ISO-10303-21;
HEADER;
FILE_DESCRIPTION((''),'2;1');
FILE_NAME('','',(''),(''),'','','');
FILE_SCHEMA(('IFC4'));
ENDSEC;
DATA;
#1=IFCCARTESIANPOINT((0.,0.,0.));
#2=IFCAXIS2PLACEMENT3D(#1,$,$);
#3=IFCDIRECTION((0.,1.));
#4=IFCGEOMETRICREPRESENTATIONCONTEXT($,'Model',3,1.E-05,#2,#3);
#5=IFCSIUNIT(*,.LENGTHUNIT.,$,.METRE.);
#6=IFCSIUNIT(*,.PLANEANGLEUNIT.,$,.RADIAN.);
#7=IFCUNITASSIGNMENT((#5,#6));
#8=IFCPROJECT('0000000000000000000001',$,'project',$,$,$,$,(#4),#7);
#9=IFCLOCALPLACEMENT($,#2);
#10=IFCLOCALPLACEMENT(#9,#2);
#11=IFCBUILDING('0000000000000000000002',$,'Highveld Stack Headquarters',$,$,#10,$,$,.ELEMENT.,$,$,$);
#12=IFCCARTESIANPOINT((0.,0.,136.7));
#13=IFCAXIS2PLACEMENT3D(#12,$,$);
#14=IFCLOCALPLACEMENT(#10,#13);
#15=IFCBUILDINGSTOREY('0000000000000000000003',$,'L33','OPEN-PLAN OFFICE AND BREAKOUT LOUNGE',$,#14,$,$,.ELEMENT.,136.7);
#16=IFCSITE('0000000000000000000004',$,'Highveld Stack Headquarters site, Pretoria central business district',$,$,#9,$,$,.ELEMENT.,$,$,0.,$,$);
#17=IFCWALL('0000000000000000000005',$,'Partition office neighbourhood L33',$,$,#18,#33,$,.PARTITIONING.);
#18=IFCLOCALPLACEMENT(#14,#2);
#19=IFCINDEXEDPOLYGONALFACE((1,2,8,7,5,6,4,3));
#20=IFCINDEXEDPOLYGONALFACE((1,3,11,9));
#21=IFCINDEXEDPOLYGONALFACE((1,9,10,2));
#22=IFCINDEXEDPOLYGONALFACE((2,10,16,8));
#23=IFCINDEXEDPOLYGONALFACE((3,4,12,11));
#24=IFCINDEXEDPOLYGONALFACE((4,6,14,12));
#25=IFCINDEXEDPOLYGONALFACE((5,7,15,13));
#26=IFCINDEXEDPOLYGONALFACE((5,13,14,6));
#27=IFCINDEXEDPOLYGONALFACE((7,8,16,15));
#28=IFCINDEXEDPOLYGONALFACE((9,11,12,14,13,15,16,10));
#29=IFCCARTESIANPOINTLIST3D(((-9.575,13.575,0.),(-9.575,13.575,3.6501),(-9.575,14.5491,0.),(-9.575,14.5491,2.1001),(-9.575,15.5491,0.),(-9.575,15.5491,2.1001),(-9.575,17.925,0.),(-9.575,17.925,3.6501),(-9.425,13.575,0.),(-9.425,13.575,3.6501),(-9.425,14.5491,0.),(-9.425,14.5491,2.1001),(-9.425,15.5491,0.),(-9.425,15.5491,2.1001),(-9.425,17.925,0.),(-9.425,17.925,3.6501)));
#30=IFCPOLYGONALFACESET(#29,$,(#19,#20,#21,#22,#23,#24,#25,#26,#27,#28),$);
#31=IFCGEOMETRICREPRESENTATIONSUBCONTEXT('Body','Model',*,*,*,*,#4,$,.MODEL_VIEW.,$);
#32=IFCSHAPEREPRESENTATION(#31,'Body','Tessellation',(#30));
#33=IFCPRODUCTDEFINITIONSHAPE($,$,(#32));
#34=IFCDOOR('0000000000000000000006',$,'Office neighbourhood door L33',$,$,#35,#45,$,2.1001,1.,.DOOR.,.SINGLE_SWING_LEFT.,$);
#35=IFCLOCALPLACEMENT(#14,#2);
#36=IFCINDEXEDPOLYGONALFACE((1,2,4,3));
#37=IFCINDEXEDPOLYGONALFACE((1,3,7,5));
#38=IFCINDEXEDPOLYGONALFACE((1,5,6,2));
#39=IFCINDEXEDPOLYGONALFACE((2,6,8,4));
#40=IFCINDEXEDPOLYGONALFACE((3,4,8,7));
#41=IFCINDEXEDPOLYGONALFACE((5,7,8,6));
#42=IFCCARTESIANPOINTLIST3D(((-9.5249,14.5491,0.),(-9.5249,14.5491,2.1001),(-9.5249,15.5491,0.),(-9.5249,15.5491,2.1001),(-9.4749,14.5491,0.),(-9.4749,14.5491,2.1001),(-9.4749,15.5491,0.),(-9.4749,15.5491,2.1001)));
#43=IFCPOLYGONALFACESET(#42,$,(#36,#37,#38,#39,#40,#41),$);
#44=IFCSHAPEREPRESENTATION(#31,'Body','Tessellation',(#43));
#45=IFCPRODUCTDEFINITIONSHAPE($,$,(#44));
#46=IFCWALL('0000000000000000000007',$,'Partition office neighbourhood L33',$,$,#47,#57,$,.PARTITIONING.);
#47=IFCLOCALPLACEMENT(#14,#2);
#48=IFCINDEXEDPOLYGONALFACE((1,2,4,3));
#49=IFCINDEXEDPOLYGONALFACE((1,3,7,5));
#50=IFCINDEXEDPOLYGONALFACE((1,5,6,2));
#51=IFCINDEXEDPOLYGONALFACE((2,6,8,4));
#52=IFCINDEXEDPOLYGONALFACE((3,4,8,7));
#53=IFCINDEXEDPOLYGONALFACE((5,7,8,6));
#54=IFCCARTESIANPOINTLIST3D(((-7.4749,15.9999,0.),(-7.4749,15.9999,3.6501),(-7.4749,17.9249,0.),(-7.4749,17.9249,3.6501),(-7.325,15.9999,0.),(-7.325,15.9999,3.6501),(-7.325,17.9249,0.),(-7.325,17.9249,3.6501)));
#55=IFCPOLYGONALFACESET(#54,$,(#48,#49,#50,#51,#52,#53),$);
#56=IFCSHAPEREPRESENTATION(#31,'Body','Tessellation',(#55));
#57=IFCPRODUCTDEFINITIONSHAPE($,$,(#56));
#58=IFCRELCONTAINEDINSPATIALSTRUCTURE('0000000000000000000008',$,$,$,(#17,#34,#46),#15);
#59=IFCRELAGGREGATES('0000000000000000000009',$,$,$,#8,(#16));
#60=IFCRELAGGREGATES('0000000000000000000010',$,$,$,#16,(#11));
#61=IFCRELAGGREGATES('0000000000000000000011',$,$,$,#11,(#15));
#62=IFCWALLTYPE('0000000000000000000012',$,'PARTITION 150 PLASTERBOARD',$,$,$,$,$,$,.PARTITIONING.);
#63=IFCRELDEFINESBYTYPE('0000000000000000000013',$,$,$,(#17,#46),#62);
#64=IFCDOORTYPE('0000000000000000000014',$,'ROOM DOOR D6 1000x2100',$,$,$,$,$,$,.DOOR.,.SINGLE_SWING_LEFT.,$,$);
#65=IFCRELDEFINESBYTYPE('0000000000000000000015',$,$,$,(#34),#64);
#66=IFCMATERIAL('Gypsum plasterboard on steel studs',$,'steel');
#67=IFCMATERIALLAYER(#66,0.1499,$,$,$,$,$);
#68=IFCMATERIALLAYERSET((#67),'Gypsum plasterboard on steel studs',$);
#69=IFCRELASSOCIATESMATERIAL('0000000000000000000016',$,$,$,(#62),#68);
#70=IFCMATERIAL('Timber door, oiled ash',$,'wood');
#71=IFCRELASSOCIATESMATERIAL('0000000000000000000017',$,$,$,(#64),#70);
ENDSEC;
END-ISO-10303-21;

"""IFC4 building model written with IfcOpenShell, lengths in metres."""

from ifc_helpers import new_model, si_unit, direction, frame, frame_2d, origin, place, context, subcontext, project, spatial, rectangle, extrude, material, layer, layer_set, type_object, element, fill, save


model = new_model("IFC4")

# Units and contexts
model_context = context("Model", 3, precision=1e-05, world=origin(), true_north=direction((0.0, 1.0)))
body_context = subcontext(model_context, "Body", "Model", "MODEL_VIEW")
ifc_project = project(units=[si_unit("LENGTHUNIT", "METRE"), si_unit("PLANEANGLEUNIT", "RADIAN")], contexts=[model_context])

# Site, building, storey
site_placement = place(None, origin())
site = spatial("IfcSite", under=ifc_project, at=site_placement, Name="Highveld Stack Headquarters site, Pretoria central business district", CompositionType="ELEMENT", RefElevation=0.0)
building_placement = place(site_placement, origin())
building = spatial("IfcBuilding", under=site, at=building_placement, Name="Highveld Stack Headquarters", CompositionType="ELEMENT")
storey_placement = place(building_placement, frame((0.0, 0.0, 136.7)))
storey = spatial("IfcBuildingStorey", under=building, at=storey_placement, Name="L33", Description="OPEN-PLAN OFFICE AND BREAKOUT LOUNGE", CompositionType="ELEMENT", Elevation=136.7)

# Shared definitions
ifc_material_1 = material(Name="Gypsum plasterboard on steel studs", Category="steel")
ifc_layer_1 = layer(ifc_material_1, 0.1499)
ifc_layer_set_1 = layer_set([ifc_layer_1], Name="Gypsum plasterboard on steel studs")
wall_type_1 = type_object("IfcWallType", Name="PARTITION 150 PLASTERBOARD", PredefinedType="PARTITIONING", material=ifc_layer_set_1)
ifc_material_2 = material(Name="Timber door, oiled ash", Category="wood")
door_type = type_object("IfcDoorType", Name="ROOM DOOR D6 1000x2100", OperationType="SINGLE_SWING_LEFT", PredefinedType="DOOR", material=ifc_material_2)

# Wall, opening, door
wall_1_placement = place(storey_placement, frame((-9.5, 13.575, 0.0), z_axis=(0.0, 0.0, 1.0), x_axis=(0.0, 1.0, 0.0)))
wall_1 = element("IfcWall", 1, at=wall_1_placement, inside=storey, type_object=wall_type_1, Name="Partition office neighbourhood L33", PredefinedType="PARTITIONING", context=body_context, shape_type="SweptSolid", body=[
    extrude(rectangle(XDim=4.3501, YDim=0.1499, at=frame_2d((2.175, 0.0))), origin(), (0.0, 0.0, 1.0), 3.6501),
])
opening_1_placement = place(wall_1_placement, frame((0.9741, 0.0, 0.0)))
opening_1 = element("IfcOpeningElement", 2, at=opening_1_placement, cuts=wall_1, PredefinedType="OPENING", context=body_context, shape_type="SweptSolid", body=[
    extrude(rectangle(XDim=1.0, YDim=2.1001, at=frame_2d((0.5, 1.05))), frame((0.0, 0.085, 0.0), z_axis=(0.0, -1.0, 0.0), x_axis=(1.0, 0.0, 0.0)), (0.0, 0.0, 1.0), 0.1699),
])
door_1_placement = place(opening_1_placement, origin())
door_1 = element("IfcDoor", 3, at=door_1_placement, inside=storey, type_object=door_type, Name="Office neighbourhood door L33", OperationType="SINGLE_SWING_LEFT", OverallHeight=2.1001, OverallWidth=1.0, PredefinedType="DOOR", context=body_context, shape_type="SweptSolid", body=[
    extrude(rectangle(XDim=1.0, YDim=2.1001, at=frame_2d((0.5, 1.05))), frame((0.0, 0.0249, 0.0), z_axis=(0.0, -1.0, 0.0), x_axis=(1.0, 0.0, 0.0)), (0.0, 0.0, 1.0), 0.05),
])
fill(opening_1, door_1)

# Wall
wall_2_placement = place(storey_placement, frame((-7.3999, 16.0, 0.0), z_axis=(0.0, 0.0, 1.0), x_axis=(0.0, 1.0, 0.0)))
element("IfcWall", 4, at=wall_2_placement, inside=storey, type_object=wall_type_1, Name="Partition office neighbourhood L33", PredefinedType="PARTITIONING", context=body_context, shape_type="SweptSolid", body=[
    extrude(rectangle(XDim=1.925, YDim=0.1499, at=frame_2d((0.9624, 0.0))), origin(), (0.0, 0.0, 1.0), 3.6501),
])

save(model, "model.ifc")
